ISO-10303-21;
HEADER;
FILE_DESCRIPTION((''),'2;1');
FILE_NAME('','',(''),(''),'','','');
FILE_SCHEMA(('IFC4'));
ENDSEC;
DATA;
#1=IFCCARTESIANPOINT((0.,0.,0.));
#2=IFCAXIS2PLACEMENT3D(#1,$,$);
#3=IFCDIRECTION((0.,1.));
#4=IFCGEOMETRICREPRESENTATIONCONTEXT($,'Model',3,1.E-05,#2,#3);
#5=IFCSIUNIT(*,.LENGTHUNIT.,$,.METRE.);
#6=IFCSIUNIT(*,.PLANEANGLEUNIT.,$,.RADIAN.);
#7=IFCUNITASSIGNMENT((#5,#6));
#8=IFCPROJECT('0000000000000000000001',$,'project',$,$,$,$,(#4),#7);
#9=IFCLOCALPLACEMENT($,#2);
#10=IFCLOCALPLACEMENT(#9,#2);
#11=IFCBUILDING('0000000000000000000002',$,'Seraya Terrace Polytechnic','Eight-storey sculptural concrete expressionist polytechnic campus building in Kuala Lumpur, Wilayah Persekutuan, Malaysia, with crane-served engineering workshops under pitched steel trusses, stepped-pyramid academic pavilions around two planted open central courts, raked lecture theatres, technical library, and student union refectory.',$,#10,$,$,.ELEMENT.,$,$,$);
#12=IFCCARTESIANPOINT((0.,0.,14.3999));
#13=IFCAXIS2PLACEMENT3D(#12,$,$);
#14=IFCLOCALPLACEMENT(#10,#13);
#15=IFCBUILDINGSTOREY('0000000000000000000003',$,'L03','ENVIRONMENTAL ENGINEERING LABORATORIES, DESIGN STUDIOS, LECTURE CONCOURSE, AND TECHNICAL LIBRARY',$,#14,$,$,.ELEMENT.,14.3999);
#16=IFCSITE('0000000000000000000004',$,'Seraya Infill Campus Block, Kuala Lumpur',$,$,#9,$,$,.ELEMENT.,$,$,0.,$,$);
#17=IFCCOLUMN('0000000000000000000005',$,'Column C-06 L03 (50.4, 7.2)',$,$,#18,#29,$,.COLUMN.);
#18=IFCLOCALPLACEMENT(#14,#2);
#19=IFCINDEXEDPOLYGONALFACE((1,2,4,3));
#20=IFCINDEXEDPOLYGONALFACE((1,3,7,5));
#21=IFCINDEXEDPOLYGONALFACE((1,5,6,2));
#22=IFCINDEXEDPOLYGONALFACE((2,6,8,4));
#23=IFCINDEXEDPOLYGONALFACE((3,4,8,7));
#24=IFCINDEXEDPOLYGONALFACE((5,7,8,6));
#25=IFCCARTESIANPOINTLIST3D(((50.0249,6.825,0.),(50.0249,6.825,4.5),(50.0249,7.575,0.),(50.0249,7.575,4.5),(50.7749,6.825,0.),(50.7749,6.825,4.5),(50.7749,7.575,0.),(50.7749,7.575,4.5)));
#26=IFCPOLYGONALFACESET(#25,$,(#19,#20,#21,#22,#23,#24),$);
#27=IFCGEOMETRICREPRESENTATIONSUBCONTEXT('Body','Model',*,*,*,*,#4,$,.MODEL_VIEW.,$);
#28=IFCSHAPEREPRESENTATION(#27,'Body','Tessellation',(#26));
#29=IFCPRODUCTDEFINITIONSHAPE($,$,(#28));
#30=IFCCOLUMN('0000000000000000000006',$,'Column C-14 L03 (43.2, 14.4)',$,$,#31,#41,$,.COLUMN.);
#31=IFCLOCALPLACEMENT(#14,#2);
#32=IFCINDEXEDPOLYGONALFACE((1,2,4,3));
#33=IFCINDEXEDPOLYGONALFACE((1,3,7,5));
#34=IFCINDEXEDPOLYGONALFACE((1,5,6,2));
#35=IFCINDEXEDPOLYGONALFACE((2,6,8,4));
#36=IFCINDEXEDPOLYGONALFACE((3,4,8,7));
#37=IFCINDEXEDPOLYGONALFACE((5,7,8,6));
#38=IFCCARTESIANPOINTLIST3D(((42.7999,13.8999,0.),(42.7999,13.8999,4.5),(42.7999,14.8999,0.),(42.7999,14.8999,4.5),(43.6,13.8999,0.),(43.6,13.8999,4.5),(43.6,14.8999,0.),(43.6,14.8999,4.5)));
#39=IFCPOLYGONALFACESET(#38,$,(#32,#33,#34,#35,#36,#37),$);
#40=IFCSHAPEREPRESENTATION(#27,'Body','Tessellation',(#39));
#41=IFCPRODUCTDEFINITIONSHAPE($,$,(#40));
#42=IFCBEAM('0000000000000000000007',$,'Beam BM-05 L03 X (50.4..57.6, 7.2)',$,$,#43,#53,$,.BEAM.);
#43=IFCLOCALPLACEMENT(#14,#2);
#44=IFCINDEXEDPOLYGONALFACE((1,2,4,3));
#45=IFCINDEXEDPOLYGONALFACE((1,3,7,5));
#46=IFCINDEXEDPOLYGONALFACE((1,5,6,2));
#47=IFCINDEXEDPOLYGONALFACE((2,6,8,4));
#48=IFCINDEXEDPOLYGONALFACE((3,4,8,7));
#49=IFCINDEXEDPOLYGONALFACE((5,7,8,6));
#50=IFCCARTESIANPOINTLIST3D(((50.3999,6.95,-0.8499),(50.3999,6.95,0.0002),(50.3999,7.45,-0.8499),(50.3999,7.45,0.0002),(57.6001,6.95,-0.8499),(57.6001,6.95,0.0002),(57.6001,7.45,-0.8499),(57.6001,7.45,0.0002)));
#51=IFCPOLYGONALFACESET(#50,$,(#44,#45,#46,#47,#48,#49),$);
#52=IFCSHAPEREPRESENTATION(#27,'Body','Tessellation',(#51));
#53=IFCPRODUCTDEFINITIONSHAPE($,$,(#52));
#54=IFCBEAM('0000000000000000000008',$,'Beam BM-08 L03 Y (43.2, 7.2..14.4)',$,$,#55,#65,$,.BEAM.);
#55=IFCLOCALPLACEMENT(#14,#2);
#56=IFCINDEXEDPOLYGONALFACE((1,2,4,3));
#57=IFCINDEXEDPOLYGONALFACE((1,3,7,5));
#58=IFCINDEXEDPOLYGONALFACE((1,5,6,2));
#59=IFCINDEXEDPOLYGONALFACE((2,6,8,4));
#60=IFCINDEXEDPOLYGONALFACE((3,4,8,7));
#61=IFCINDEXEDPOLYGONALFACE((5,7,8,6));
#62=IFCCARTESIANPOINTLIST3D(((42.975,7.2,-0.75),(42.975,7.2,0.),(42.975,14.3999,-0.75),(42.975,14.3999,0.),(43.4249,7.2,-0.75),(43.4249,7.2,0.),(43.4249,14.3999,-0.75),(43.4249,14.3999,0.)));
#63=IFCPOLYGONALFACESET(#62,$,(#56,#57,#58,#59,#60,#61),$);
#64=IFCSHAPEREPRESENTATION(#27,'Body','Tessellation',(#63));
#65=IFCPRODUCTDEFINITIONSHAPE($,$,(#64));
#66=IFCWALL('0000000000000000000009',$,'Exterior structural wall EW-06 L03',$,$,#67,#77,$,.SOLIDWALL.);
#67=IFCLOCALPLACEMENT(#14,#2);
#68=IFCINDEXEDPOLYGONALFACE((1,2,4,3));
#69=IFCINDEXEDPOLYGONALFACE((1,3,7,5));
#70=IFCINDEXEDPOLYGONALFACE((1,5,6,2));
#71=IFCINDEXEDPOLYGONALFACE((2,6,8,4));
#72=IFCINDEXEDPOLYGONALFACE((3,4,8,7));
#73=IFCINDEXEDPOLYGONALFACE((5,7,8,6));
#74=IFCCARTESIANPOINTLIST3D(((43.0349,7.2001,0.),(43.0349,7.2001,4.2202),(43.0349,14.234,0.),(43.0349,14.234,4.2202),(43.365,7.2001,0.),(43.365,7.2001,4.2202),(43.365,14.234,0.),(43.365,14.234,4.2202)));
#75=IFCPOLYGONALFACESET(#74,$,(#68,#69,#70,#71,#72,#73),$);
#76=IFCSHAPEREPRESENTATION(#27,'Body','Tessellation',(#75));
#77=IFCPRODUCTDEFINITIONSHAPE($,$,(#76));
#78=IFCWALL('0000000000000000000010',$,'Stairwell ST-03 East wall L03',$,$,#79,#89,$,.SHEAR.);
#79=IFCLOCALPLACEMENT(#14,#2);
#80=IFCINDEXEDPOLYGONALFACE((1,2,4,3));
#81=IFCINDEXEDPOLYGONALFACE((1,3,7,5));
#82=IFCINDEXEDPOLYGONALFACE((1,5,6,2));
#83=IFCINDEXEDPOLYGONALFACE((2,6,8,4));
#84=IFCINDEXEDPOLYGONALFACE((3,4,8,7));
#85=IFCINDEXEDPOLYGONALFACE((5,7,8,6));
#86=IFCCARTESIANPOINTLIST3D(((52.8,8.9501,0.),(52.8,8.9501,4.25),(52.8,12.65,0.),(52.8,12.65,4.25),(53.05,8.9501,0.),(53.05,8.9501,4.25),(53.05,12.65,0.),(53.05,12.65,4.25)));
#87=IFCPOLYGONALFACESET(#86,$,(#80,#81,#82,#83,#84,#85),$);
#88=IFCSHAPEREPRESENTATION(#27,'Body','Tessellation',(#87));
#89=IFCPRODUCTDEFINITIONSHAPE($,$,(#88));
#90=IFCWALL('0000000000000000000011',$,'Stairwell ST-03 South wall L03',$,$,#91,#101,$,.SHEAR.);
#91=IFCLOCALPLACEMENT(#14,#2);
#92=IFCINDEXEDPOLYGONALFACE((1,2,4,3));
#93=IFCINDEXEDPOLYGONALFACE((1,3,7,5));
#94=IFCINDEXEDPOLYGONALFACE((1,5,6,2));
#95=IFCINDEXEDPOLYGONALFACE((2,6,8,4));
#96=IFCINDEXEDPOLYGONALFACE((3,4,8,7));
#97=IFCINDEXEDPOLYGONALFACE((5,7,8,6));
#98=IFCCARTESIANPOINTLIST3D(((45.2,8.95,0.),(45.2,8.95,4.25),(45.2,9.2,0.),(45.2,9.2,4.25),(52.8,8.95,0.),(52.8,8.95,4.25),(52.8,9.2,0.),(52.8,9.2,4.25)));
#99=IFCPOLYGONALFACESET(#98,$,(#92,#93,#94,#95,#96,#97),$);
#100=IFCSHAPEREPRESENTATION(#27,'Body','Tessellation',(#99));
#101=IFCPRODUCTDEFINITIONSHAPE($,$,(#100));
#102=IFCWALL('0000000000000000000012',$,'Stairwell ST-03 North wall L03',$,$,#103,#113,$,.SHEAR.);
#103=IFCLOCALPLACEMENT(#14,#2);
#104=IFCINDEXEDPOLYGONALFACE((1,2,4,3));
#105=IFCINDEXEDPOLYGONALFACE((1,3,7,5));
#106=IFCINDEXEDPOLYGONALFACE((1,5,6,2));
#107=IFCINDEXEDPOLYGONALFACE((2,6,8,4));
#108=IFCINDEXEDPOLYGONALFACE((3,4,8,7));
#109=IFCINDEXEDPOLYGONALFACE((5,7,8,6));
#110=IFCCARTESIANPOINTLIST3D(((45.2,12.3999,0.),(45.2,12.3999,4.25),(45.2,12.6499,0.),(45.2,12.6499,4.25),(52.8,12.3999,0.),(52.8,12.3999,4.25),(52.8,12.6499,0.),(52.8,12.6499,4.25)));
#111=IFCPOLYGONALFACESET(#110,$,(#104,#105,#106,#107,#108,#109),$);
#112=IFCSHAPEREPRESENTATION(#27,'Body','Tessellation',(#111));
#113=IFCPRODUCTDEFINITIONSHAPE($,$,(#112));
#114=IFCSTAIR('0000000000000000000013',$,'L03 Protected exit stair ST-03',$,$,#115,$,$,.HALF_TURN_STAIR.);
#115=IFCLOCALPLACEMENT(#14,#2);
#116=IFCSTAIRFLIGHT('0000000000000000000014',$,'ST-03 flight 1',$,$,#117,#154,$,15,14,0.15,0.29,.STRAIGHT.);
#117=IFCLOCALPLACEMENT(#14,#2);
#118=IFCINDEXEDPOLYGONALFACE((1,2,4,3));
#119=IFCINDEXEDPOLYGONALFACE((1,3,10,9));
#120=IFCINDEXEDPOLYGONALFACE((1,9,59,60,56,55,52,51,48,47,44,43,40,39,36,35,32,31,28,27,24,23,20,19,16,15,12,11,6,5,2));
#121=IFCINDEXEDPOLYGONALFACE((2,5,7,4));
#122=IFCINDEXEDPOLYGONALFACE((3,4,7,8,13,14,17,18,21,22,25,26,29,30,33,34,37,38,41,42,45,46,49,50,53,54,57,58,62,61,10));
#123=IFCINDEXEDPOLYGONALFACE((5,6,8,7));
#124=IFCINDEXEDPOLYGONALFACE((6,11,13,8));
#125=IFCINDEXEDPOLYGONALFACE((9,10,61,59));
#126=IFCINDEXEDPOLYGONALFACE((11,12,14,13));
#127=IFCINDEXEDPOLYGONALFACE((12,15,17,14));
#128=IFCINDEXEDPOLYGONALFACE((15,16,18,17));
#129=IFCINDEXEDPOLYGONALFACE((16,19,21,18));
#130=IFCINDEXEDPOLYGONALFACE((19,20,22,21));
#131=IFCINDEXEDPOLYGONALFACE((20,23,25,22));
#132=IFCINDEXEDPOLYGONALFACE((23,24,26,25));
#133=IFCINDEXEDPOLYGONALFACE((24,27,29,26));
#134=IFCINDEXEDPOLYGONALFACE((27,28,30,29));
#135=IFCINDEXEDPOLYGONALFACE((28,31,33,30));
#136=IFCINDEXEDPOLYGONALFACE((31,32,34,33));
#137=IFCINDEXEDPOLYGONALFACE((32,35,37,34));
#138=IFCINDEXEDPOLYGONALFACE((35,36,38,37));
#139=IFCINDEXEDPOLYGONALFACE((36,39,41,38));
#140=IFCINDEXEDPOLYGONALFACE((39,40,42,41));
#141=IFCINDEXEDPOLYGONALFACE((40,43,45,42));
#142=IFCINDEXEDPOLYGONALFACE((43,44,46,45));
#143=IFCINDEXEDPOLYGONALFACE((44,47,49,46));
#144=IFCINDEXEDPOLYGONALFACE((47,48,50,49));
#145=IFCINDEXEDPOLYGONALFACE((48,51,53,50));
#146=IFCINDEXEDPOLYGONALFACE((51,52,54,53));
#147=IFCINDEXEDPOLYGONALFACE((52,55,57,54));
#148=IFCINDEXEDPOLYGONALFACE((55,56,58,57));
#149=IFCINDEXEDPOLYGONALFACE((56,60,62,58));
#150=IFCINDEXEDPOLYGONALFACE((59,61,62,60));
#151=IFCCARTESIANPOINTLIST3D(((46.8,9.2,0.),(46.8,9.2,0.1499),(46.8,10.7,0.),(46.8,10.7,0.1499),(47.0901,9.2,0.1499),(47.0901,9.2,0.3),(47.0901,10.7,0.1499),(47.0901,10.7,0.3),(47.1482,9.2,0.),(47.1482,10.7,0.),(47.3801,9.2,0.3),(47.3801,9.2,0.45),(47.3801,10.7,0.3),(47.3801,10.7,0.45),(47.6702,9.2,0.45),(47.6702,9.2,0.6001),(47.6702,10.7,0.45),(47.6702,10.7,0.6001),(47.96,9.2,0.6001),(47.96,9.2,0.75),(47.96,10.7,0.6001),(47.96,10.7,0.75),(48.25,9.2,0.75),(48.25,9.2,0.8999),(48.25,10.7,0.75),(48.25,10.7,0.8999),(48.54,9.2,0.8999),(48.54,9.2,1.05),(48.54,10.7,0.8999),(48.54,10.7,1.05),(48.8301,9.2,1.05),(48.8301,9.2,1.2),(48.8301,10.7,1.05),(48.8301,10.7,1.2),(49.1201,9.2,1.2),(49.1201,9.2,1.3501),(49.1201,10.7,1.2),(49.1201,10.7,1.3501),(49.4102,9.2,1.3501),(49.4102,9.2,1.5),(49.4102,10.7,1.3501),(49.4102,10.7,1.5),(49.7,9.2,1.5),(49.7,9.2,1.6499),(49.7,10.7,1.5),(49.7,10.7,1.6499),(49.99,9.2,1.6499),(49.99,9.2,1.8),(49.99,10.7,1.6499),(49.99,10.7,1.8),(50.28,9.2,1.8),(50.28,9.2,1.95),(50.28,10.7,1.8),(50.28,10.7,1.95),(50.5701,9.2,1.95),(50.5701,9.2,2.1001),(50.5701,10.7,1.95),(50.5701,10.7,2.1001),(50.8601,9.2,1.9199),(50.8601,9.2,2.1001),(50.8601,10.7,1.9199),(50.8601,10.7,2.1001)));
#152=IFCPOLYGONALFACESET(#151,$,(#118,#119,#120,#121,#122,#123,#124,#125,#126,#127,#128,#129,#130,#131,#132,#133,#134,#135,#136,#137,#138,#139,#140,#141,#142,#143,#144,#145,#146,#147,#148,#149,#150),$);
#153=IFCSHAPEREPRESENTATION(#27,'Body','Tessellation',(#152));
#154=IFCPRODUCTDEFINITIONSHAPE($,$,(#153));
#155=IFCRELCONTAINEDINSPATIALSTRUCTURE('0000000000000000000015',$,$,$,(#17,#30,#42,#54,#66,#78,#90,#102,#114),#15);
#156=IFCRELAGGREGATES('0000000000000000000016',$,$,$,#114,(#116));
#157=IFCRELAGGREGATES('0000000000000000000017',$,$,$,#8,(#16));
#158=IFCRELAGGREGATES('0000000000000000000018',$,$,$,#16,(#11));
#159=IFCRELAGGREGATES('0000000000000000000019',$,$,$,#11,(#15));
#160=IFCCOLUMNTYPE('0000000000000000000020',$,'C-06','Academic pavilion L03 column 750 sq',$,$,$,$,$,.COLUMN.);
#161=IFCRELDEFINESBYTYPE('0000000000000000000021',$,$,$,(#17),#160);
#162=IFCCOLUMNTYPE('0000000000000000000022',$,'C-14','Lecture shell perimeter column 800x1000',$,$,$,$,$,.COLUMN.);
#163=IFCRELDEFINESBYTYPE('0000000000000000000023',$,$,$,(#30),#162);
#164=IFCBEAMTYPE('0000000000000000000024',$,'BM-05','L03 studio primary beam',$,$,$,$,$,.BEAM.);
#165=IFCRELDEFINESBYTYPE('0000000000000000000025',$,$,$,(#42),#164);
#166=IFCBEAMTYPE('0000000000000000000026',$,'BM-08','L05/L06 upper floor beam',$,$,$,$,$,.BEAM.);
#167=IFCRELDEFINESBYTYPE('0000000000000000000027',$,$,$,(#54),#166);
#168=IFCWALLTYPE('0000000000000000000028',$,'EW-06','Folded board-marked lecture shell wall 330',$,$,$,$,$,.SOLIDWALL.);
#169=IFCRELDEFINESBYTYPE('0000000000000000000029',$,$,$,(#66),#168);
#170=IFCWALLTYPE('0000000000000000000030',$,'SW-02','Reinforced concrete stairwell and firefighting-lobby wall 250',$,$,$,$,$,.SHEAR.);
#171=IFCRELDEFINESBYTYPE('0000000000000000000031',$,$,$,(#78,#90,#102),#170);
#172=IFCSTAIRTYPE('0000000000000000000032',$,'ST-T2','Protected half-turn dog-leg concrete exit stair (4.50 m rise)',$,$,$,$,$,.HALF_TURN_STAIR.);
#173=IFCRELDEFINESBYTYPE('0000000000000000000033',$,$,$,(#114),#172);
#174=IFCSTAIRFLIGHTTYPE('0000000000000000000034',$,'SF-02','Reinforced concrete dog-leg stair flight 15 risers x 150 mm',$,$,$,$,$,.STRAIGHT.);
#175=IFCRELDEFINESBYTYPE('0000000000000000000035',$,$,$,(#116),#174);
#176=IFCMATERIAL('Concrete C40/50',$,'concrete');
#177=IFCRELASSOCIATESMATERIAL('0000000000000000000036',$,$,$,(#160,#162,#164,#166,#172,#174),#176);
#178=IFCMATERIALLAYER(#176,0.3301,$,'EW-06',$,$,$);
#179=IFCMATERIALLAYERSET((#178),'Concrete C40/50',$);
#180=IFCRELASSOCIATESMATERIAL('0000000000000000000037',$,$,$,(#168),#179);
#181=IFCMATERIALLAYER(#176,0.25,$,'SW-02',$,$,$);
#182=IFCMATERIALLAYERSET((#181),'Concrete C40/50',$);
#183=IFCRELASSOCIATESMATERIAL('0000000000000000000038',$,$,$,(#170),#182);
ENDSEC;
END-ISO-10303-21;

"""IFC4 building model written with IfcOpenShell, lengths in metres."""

from ifc_helpers import new_model, si_unit, direction, frame, frame_2d, origin, origin_2d, place, context, subcontext, project, spatial, polyline, rectangle, outline, extrude, material, layer, layer_set, material_profile, profile_set, type_object, element, aggregate, save


model = new_model("IFC4")

# Units and contexts
model_context = context("Model", 3, precision=1e-05, world=origin(), true_north=direction((0.0, 1.0)))
body_context = subcontext(model_context, "Body", "Model", "MODEL_VIEW")
ifc_project = project(units=[si_unit("LENGTHUNIT", "METRE"), si_unit("PLANEANGLEUNIT", "RADIAN")], contexts=[model_context])

# Site, building, storey
site_placement = place(None, origin())
site = spatial("IfcSite", under=ifc_project, at=site_placement, Name="Seraya Infill Campus Block, Kuala Lumpur", CompositionType="ELEMENT", RefElevation=0.0)
building_placement = place(site_placement, origin())
building = spatial("IfcBuilding", under=site, at=building_placement, Name="Seraya Terrace Polytechnic", Description="Eight-storey sculptural concrete expressionist polytechnic campus building in Kuala Lumpur, Wilayah Persekutuan, Malaysia, with crane-served engineering workshops under pitched steel trusses, stepped-pyramid academic pavilions around two planted open central courts, raked lecture theatres, technical library, and student union refectory.", CompositionType="ELEMENT")
storey_placement = place(building_placement, frame((0.0, 0.0, 14.3999)))
storey = spatial("IfcBuildingStorey", under=building, at=storey_placement, Name="L03", Description="ENVIRONMENTAL ENGINEERING LABORATORIES, DESIGN STUDIOS, LECTURE CONCOURSE, AND TECHNICAL LIBRARY", CompositionType="ELEMENT", Elevation=14.3999)

# Columns
ifc_material_1 = material(Name="Concrete C40/50", Category="concrete")
ifc_material_profile_1 = material_profile(ifc_material_1, rectangle(XDim=0.75, YDim=0.75, at=origin_2d()), Name="RC 750x750")
ifc_profile_set_1 = profile_set([ifc_material_profile_1], Name="Concrete C40/50")
column_type_1 = type_object("IfcColumnType", Name="C-06", Description="Academic pavilion L03 column 750 sq", PredefinedType="COLUMN", material=ifc_profile_set_1)
column_1_placement = place(storey_placement, frame((50.3999, 7.2, 0.0), z_axis=(0.0, 0.0, 1.0), x_axis=(1.0, 0.0, 0.0)))
element("IfcColumn", 1, at=column_1_placement, inside=storey, type_object=column_type_1, Name="Column C-06 L03 (50.4, 7.2)", PredefinedType="COLUMN", context=body_context, shape_type="SweptSolid", body=[
    extrude(rectangle(XDim=0.75, YDim=0.75, at=origin_2d()), origin(), (0.0, 0.0, 1.0), 4.5),
])
ifc_material_profile_2 = material_profile(ifc_material_1, rectangle(XDim=0.8, YDim=1.0, at=origin_2d()), Name="RC 800x1000")
ifc_profile_set_2 = profile_set([ifc_material_profile_2], Name="Concrete C40/50")
column_type_2 = type_object("IfcColumnType", Name="C-14", Description="Lecture shell perimeter column 800x1000", PredefinedType="COLUMN", material=ifc_profile_set_2)
column_2_placement = place(storey_placement, frame((43.2, 14.3999, 0.0), z_axis=(0.0, 0.0, 1.0), x_axis=(1.0, 0.0, 0.0)))
element("IfcColumn", 2, at=column_2_placement, inside=storey, type_object=column_type_2, Name="Column C-14 L03 (43.2, 14.4)", PredefinedType="COLUMN", context=body_context, shape_type="SweptSolid", body=[
    extrude(rectangle(XDim=0.8, YDim=1.0, at=origin_2d()), origin(), (0.0, 0.0, 1.0), 4.5),
])

# Beams
ifc_material_profile_3 = material_profile(ifc_material_1, rectangle(XDim=0.5, YDim=0.8501, at=origin_2d()), Name="RC 500x850")
ifc_profile_set_3 = profile_set([ifc_material_profile_3], Name="Concrete C40/50")
beam_type_1 = type_object("IfcBeamType", Name="BM-05", Description="L03 studio primary beam", PredefinedType="BEAM", material=ifc_profile_set_3)
beam_1_placement = place(storey_placement, frame((50.3999, 7.2, -0.4248), z_axis=(1.0, 0.0, 0.0), x_axis=(0.0, 1.0, 0.0)))
element("IfcBeam", 3, at=beam_1_placement, inside=storey, type_object=beam_type_1, Name="Beam BM-05 L03 X (50.4..57.6, 7.2)", PredefinedType="BEAM", context=body_context, shape_type="SweptSolid", body=[
    extrude(rectangle(XDim=0.5, YDim=0.8501, at=origin_2d()), origin(), (0.0, 0.0, 1.0), 7.2002),
])
ifc_material_profile_4 = material_profile(ifc_material_1, rectangle(XDim=0.45, YDim=0.75, at=origin_2d()), Name="RC 450x750")
ifc_profile_set_4 = profile_set([ifc_material_profile_4], Name="Concrete C40/50")
beam_type_2 = type_object("IfcBeamType", Name="BM-08", Description="L05/L06 upper floor beam", PredefinedType="BEAM", material=ifc_profile_set_4)
beam_2_placement = place(storey_placement, frame((43.2, 7.2, -0.375), z_axis=(0.0, 1.0, 0.0), x_axis=(-1.0, 0.0, 0.0)))
element("IfcBeam", 4, at=beam_2_placement, inside=storey, type_object=beam_type_2, Name="Beam BM-08 L03 Y (43.2, 7.2..14.4)", PredefinedType="BEAM", context=body_context, shape_type="SweptSolid", body=[
    extrude(rectangle(XDim=0.45, YDim=0.75, at=origin_2d()), origin(), (0.0, 0.0, 1.0), 7.2),
])

# Wall
ifc_layer_1 = layer(ifc_material_1, 0.3301, Name="EW-06")
ifc_layer_set_1 = layer_set([ifc_layer_1], Name="Concrete C40/50")
wall_type_1 = type_object("IfcWallType", Name="EW-06", Description="Folded board-marked lecture shell wall 330", PredefinedType="SOLIDWALL", material=ifc_layer_set_1)
wall_1_placement = place(storey_placement, frame((43.2, 7.2, 0.0), z_axis=(0.0, 0.0, 1.0), x_axis=(0.0, 1.0, 0.0)))
element("IfcWall", 5, at=wall_1_placement, inside=storey, type_object=wall_type_1, Name="Exterior structural wall EW-06 L03", PredefinedType="SOLIDWALL", context=body_context, shape_type="SweptSolid", body=[
    extrude(rectangle(XDim=7.0339, YDim=0.3301, at=frame_2d((3.5171, 0.0))), origin(), (0.0, 0.0, 1.0), 4.2202),
])

# Shared definitions
ifc_layer_2 = layer(ifc_material_1, 0.25, Name="SW-02")
ifc_layer_set_2 = layer_set([ifc_layer_2], Name="Concrete C40/50")
wall_type_2 = type_object("IfcWallType", Name="SW-02", Description="Reinforced concrete stairwell and firefighting-lobby wall 250", PredefinedType="SHEAR", material=ifc_layer_set_2)

# Walls
wall_2_placement = place(storey_placement, frame((52.925, 8.95, 0.0), z_axis=(0.0, 0.0, 1.0), x_axis=(0.0, 1.0, 0.0)))
element("IfcWall", 6, at=wall_2_placement, inside=storey, type_object=wall_type_2, Name="Stairwell ST-03 East wall L03", PredefinedType="SHEAR", context=body_context, shape_type="SweptSolid", body=[
    extrude(rectangle(XDim=3.7, YDim=0.25, at=frame_2d((1.8501, 0.0))), origin(), (0.0, 0.0, 1.0), 4.25),
])
for number, where, z_axis, x_axis, name in (
    (7, (45.2, 9.075, 0.0), (0.0, 0.0, 1.0), (1.0, 0.0, 0.0), "Stairwell ST-03 South wall L03"),
    (8, (45.2, 12.5249, 0.0), (0.0, 0.0, 1.0), (1.0, 0.0, 0.0), "Stairwell ST-03 North wall L03"),
):
    element("IfcWall", number, at=place(storey_placement, frame(where, z_axis=z_axis, x_axis=x_axis)), inside=storey, type_object=wall_type_2, Name=name, PredefinedType="SHEAR", context=body_context, shape_type="SweptSolid", body=[
        extrude(rectangle(XDim=7.6001, YDim=0.25, at=frame_2d((3.8, 0.0))), origin(), (0.0, 0.0, 1.0), 4.25),
    ])

# Stair, stair flight
stair_type = type_object("IfcStairType", Name="ST-T2", Description="Protected half-turn dog-leg concrete exit stair (4.50 m rise)", PredefinedType="HALF_TURN_STAIR", material=ifc_material_1)
stair_placement = place(storey_placement, origin())
stair = element("IfcStair", 9, at=stair_placement, inside=storey, type_object=stair_type, Name="L03 Protected exit stair ST-03", PredefinedType="HALF_TURN_STAIR")
stair_flight_type = type_object("IfcStairFlightType", Name="SF-02", Description="Reinforced concrete dog-leg stair flight 15 risers x 150 mm", PredefinedType="STRAIGHT", material=ifc_material_1)
stair_flight_1_placement = place(storey_placement, frame((46.8, 9.95, 0.0), z_axis=(0.0, 0.0, 1.0), x_axis=(1.0, 0.0, 0.0)))
stair_flight_1 = element("IfcStairFlight", 10, at=stair_flight_1_placement, type_object=stair_flight_type, Name="ST-03 flight 1", NumberOfRisers=15, NumberOfTreads=14, PredefinedType="STRAIGHT", RiserHeight=0.15, TreadLength=0.29, context=body_context, shape_type="SweptSolid", body=[
    extrude(outline(polyline([(0.0, 0.0), (0.0, 0.1499), (0.29, 0.1499), (0.29, 0.3), (0.5801, 0.3), (0.5801, 0.45), (0.8701, 0.45), (0.8701, 0.6001), (1.1599, 0.6001), (1.1599, 0.75), (1.45, 0.75), (1.45, 0.8999), (1.74, 0.8999), (1.74, 1.05), (2.03, 1.05), (2.03, 1.2), (2.3201, 1.2), (2.3201, 1.3501), (2.6101, 1.3501), (2.6101, 1.5), (2.8999, 1.5), (2.8999, 1.6499), (3.1899, 1.6499), (3.1899, 1.8), (3.48, 1.8), (3.48, 1.95), (3.77, 1.95), (3.77, 2.1001), (4.0601, 2.1001), (4.0601, 2.25), (4.0601, 1.9199), (0.3481, 0.0), (0.0, 0.0)])), frame((0.0, 0.75, 0.0), z_axis=(0.0, -1.0, 0.0), x_axis=(1.0, 0.0, 0.0)), (0.0, 0.0, 1.0), 1.5),
])
aggregate(stair, [stair_flight_1])

save(model, "model.ifc")
